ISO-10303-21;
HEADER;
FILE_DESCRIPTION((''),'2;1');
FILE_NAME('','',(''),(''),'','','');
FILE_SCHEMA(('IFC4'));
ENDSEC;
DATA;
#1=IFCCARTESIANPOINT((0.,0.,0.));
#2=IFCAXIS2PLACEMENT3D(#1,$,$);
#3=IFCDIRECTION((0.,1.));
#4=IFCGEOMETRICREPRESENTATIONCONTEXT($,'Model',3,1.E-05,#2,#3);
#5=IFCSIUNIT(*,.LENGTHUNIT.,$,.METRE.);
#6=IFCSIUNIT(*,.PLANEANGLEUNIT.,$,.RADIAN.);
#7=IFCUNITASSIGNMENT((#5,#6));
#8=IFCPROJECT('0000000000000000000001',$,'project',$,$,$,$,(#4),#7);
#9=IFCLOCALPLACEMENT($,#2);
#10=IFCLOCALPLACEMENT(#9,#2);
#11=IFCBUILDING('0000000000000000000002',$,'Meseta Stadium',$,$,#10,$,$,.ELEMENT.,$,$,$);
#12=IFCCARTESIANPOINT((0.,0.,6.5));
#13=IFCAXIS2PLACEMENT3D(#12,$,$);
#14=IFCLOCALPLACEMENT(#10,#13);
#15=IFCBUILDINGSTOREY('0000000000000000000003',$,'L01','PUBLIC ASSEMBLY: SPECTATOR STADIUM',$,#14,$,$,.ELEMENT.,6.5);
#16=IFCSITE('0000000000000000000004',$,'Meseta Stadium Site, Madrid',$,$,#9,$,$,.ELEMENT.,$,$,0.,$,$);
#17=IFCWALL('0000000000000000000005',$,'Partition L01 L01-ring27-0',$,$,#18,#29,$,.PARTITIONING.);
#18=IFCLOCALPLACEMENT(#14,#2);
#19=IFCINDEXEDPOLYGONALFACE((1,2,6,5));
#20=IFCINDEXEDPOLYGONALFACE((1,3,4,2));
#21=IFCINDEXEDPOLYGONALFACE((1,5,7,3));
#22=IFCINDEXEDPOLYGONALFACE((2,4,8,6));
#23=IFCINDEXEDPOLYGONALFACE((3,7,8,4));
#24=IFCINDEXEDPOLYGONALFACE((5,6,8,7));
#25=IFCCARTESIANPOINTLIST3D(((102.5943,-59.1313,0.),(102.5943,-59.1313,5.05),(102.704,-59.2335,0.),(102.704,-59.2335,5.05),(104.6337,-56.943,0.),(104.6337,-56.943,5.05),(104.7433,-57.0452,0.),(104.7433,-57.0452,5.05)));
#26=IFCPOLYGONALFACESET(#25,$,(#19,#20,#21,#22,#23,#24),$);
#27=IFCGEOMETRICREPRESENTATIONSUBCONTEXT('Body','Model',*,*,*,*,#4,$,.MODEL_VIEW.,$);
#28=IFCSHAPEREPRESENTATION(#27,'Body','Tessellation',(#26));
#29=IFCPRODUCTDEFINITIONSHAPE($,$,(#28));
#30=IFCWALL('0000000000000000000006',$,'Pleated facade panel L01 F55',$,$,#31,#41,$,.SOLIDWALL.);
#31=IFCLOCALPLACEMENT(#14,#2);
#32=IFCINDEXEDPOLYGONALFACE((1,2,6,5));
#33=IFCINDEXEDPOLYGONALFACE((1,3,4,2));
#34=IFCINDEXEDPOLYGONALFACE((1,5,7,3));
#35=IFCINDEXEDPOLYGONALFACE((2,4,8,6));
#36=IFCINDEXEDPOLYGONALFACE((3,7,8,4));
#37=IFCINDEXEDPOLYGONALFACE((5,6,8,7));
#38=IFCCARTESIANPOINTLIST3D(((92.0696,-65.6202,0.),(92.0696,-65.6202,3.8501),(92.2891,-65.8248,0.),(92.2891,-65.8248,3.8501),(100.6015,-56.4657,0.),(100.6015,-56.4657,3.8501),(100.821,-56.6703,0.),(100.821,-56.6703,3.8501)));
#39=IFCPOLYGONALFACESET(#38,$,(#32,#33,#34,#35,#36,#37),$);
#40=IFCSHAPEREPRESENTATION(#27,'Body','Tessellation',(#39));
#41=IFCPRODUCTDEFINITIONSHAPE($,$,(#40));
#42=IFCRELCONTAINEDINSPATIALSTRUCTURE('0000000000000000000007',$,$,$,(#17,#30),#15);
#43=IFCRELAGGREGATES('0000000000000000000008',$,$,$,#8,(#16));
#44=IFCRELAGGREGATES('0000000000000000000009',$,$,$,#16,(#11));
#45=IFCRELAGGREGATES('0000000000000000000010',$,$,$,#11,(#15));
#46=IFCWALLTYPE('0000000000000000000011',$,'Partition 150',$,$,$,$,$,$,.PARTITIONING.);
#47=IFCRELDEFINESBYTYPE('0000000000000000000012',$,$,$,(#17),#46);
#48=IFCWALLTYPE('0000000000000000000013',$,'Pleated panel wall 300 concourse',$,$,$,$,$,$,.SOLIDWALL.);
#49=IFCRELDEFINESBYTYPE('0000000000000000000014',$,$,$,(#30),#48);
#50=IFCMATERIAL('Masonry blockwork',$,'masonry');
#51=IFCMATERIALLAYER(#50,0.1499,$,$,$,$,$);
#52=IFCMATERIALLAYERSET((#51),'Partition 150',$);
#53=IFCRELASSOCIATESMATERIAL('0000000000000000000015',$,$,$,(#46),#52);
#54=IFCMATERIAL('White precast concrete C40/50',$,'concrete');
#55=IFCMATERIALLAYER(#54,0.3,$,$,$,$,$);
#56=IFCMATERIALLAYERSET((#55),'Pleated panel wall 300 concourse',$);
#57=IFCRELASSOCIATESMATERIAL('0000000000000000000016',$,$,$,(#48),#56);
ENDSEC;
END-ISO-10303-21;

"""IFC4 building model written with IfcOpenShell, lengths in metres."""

from ifc_helpers import new_model, si_unit, direction, frame, frame_2d, origin, place, context, subcontext, project, spatial, rectangle, extrude, material, layer, layer_set, type_object, element, save


model = new_model("IFC4")

# Units and contexts
model_context = context("Model", 3, precision=1e-05, world=origin(), true_north=direction((0.0, 1.0)))
body_context = subcontext(model_context, "Body", "Model", "MODEL_VIEW")
ifc_project = project(units=[si_unit("LENGTHUNIT", "METRE"), si_unit("PLANEANGLEUNIT", "RADIAN")], contexts=[model_context])

# Site, building, storey
site_placement = place(None, origin())
site = spatial("IfcSite", under=ifc_project, at=site_placement, Name="Meseta Stadium Site, Madrid", CompositionType="ELEMENT", RefElevation=0.0)
building_placement = place(site_placement, origin())
building = spatial("IfcBuilding", under=site, at=building_placement, Name="Meseta Stadium", CompositionType="ELEMENT")
storey_placement = place(building_placement, frame((0.0, 0.0, 6.5)))
storey = spatial("IfcBuildingStorey", under=building, at=storey_placement, Name="L01", Description="PUBLIC ASSEMBLY: SPECTATOR STADIUM", CompositionType="ELEMENT", Elevation=6.5)

# Shared definitions
ifc_material_1 = material(Name="Masonry blockwork", Category="masonry")
ifc_layer_1 = layer(ifc_material_1, 0.1499)
ifc_layer_set_1 = layer_set([ifc_layer_1], Name="Partition 150")
wall_type_1 = type_object("IfcWallType", Name="Partition 150", PredefinedType="PARTITIONING", material=ifc_layer_set_1)

# Walls
wall_1_placement = place(storey_placement, frame((102.6492, -59.1824, 0.0), z_axis=(0.0, 0.0, 1.0), x_axis=(0.681774, 0.731563, 0.0)))
element("IfcWall", 1, at=wall_1_placement, inside=storey, type_object=wall_type_1, Name="Partition L01 L01-ring27-0", PredefinedType="PARTITIONING", context=body_context, shape_type="SweptSolid", body=[
    extrude(rectangle(XDim=2.9912, YDim=0.1499, at=frame_2d((1.4956, 0.0))), origin(), (0.0, 0.0, 1.0), 5.05),
])
ifc_material_2 = material(Name="White precast concrete C40/50", Category="concrete")
ifc_layer_2 = layer(ifc_material_2, 0.3)
ifc_layer_set_2 = layer_set([ifc_layer_2], Name="Pleated panel wall 300 concourse")
wall_type_2 = type_object("IfcWallType", Name="Pleated panel wall 300 concourse", PredefinedType="SOLIDWALL", material=ifc_layer_set_2)
wall_2_placement = place(storey_placement, frame((100.7112, -56.5681, 0.0), z_axis=(0.0, 0.0, 1.0), x_axis=(-0.681795, -0.731544, 0.0)))
element("IfcWall", 2, at=wall_2_placement, inside=storey, type_object=wall_type_2, Name="Pleated facade panel L01 F55", PredefinedType="SOLIDWALL", context=body_context, shape_type="SweptSolid", body=[
    extrude(rectangle(XDim=12.5139, YDim=0.3, at=frame_2d((6.2568, 0.0))), origin(), (0.0, 0.0, 1.0), 3.8501),
])

save(model, "model.ifc")
